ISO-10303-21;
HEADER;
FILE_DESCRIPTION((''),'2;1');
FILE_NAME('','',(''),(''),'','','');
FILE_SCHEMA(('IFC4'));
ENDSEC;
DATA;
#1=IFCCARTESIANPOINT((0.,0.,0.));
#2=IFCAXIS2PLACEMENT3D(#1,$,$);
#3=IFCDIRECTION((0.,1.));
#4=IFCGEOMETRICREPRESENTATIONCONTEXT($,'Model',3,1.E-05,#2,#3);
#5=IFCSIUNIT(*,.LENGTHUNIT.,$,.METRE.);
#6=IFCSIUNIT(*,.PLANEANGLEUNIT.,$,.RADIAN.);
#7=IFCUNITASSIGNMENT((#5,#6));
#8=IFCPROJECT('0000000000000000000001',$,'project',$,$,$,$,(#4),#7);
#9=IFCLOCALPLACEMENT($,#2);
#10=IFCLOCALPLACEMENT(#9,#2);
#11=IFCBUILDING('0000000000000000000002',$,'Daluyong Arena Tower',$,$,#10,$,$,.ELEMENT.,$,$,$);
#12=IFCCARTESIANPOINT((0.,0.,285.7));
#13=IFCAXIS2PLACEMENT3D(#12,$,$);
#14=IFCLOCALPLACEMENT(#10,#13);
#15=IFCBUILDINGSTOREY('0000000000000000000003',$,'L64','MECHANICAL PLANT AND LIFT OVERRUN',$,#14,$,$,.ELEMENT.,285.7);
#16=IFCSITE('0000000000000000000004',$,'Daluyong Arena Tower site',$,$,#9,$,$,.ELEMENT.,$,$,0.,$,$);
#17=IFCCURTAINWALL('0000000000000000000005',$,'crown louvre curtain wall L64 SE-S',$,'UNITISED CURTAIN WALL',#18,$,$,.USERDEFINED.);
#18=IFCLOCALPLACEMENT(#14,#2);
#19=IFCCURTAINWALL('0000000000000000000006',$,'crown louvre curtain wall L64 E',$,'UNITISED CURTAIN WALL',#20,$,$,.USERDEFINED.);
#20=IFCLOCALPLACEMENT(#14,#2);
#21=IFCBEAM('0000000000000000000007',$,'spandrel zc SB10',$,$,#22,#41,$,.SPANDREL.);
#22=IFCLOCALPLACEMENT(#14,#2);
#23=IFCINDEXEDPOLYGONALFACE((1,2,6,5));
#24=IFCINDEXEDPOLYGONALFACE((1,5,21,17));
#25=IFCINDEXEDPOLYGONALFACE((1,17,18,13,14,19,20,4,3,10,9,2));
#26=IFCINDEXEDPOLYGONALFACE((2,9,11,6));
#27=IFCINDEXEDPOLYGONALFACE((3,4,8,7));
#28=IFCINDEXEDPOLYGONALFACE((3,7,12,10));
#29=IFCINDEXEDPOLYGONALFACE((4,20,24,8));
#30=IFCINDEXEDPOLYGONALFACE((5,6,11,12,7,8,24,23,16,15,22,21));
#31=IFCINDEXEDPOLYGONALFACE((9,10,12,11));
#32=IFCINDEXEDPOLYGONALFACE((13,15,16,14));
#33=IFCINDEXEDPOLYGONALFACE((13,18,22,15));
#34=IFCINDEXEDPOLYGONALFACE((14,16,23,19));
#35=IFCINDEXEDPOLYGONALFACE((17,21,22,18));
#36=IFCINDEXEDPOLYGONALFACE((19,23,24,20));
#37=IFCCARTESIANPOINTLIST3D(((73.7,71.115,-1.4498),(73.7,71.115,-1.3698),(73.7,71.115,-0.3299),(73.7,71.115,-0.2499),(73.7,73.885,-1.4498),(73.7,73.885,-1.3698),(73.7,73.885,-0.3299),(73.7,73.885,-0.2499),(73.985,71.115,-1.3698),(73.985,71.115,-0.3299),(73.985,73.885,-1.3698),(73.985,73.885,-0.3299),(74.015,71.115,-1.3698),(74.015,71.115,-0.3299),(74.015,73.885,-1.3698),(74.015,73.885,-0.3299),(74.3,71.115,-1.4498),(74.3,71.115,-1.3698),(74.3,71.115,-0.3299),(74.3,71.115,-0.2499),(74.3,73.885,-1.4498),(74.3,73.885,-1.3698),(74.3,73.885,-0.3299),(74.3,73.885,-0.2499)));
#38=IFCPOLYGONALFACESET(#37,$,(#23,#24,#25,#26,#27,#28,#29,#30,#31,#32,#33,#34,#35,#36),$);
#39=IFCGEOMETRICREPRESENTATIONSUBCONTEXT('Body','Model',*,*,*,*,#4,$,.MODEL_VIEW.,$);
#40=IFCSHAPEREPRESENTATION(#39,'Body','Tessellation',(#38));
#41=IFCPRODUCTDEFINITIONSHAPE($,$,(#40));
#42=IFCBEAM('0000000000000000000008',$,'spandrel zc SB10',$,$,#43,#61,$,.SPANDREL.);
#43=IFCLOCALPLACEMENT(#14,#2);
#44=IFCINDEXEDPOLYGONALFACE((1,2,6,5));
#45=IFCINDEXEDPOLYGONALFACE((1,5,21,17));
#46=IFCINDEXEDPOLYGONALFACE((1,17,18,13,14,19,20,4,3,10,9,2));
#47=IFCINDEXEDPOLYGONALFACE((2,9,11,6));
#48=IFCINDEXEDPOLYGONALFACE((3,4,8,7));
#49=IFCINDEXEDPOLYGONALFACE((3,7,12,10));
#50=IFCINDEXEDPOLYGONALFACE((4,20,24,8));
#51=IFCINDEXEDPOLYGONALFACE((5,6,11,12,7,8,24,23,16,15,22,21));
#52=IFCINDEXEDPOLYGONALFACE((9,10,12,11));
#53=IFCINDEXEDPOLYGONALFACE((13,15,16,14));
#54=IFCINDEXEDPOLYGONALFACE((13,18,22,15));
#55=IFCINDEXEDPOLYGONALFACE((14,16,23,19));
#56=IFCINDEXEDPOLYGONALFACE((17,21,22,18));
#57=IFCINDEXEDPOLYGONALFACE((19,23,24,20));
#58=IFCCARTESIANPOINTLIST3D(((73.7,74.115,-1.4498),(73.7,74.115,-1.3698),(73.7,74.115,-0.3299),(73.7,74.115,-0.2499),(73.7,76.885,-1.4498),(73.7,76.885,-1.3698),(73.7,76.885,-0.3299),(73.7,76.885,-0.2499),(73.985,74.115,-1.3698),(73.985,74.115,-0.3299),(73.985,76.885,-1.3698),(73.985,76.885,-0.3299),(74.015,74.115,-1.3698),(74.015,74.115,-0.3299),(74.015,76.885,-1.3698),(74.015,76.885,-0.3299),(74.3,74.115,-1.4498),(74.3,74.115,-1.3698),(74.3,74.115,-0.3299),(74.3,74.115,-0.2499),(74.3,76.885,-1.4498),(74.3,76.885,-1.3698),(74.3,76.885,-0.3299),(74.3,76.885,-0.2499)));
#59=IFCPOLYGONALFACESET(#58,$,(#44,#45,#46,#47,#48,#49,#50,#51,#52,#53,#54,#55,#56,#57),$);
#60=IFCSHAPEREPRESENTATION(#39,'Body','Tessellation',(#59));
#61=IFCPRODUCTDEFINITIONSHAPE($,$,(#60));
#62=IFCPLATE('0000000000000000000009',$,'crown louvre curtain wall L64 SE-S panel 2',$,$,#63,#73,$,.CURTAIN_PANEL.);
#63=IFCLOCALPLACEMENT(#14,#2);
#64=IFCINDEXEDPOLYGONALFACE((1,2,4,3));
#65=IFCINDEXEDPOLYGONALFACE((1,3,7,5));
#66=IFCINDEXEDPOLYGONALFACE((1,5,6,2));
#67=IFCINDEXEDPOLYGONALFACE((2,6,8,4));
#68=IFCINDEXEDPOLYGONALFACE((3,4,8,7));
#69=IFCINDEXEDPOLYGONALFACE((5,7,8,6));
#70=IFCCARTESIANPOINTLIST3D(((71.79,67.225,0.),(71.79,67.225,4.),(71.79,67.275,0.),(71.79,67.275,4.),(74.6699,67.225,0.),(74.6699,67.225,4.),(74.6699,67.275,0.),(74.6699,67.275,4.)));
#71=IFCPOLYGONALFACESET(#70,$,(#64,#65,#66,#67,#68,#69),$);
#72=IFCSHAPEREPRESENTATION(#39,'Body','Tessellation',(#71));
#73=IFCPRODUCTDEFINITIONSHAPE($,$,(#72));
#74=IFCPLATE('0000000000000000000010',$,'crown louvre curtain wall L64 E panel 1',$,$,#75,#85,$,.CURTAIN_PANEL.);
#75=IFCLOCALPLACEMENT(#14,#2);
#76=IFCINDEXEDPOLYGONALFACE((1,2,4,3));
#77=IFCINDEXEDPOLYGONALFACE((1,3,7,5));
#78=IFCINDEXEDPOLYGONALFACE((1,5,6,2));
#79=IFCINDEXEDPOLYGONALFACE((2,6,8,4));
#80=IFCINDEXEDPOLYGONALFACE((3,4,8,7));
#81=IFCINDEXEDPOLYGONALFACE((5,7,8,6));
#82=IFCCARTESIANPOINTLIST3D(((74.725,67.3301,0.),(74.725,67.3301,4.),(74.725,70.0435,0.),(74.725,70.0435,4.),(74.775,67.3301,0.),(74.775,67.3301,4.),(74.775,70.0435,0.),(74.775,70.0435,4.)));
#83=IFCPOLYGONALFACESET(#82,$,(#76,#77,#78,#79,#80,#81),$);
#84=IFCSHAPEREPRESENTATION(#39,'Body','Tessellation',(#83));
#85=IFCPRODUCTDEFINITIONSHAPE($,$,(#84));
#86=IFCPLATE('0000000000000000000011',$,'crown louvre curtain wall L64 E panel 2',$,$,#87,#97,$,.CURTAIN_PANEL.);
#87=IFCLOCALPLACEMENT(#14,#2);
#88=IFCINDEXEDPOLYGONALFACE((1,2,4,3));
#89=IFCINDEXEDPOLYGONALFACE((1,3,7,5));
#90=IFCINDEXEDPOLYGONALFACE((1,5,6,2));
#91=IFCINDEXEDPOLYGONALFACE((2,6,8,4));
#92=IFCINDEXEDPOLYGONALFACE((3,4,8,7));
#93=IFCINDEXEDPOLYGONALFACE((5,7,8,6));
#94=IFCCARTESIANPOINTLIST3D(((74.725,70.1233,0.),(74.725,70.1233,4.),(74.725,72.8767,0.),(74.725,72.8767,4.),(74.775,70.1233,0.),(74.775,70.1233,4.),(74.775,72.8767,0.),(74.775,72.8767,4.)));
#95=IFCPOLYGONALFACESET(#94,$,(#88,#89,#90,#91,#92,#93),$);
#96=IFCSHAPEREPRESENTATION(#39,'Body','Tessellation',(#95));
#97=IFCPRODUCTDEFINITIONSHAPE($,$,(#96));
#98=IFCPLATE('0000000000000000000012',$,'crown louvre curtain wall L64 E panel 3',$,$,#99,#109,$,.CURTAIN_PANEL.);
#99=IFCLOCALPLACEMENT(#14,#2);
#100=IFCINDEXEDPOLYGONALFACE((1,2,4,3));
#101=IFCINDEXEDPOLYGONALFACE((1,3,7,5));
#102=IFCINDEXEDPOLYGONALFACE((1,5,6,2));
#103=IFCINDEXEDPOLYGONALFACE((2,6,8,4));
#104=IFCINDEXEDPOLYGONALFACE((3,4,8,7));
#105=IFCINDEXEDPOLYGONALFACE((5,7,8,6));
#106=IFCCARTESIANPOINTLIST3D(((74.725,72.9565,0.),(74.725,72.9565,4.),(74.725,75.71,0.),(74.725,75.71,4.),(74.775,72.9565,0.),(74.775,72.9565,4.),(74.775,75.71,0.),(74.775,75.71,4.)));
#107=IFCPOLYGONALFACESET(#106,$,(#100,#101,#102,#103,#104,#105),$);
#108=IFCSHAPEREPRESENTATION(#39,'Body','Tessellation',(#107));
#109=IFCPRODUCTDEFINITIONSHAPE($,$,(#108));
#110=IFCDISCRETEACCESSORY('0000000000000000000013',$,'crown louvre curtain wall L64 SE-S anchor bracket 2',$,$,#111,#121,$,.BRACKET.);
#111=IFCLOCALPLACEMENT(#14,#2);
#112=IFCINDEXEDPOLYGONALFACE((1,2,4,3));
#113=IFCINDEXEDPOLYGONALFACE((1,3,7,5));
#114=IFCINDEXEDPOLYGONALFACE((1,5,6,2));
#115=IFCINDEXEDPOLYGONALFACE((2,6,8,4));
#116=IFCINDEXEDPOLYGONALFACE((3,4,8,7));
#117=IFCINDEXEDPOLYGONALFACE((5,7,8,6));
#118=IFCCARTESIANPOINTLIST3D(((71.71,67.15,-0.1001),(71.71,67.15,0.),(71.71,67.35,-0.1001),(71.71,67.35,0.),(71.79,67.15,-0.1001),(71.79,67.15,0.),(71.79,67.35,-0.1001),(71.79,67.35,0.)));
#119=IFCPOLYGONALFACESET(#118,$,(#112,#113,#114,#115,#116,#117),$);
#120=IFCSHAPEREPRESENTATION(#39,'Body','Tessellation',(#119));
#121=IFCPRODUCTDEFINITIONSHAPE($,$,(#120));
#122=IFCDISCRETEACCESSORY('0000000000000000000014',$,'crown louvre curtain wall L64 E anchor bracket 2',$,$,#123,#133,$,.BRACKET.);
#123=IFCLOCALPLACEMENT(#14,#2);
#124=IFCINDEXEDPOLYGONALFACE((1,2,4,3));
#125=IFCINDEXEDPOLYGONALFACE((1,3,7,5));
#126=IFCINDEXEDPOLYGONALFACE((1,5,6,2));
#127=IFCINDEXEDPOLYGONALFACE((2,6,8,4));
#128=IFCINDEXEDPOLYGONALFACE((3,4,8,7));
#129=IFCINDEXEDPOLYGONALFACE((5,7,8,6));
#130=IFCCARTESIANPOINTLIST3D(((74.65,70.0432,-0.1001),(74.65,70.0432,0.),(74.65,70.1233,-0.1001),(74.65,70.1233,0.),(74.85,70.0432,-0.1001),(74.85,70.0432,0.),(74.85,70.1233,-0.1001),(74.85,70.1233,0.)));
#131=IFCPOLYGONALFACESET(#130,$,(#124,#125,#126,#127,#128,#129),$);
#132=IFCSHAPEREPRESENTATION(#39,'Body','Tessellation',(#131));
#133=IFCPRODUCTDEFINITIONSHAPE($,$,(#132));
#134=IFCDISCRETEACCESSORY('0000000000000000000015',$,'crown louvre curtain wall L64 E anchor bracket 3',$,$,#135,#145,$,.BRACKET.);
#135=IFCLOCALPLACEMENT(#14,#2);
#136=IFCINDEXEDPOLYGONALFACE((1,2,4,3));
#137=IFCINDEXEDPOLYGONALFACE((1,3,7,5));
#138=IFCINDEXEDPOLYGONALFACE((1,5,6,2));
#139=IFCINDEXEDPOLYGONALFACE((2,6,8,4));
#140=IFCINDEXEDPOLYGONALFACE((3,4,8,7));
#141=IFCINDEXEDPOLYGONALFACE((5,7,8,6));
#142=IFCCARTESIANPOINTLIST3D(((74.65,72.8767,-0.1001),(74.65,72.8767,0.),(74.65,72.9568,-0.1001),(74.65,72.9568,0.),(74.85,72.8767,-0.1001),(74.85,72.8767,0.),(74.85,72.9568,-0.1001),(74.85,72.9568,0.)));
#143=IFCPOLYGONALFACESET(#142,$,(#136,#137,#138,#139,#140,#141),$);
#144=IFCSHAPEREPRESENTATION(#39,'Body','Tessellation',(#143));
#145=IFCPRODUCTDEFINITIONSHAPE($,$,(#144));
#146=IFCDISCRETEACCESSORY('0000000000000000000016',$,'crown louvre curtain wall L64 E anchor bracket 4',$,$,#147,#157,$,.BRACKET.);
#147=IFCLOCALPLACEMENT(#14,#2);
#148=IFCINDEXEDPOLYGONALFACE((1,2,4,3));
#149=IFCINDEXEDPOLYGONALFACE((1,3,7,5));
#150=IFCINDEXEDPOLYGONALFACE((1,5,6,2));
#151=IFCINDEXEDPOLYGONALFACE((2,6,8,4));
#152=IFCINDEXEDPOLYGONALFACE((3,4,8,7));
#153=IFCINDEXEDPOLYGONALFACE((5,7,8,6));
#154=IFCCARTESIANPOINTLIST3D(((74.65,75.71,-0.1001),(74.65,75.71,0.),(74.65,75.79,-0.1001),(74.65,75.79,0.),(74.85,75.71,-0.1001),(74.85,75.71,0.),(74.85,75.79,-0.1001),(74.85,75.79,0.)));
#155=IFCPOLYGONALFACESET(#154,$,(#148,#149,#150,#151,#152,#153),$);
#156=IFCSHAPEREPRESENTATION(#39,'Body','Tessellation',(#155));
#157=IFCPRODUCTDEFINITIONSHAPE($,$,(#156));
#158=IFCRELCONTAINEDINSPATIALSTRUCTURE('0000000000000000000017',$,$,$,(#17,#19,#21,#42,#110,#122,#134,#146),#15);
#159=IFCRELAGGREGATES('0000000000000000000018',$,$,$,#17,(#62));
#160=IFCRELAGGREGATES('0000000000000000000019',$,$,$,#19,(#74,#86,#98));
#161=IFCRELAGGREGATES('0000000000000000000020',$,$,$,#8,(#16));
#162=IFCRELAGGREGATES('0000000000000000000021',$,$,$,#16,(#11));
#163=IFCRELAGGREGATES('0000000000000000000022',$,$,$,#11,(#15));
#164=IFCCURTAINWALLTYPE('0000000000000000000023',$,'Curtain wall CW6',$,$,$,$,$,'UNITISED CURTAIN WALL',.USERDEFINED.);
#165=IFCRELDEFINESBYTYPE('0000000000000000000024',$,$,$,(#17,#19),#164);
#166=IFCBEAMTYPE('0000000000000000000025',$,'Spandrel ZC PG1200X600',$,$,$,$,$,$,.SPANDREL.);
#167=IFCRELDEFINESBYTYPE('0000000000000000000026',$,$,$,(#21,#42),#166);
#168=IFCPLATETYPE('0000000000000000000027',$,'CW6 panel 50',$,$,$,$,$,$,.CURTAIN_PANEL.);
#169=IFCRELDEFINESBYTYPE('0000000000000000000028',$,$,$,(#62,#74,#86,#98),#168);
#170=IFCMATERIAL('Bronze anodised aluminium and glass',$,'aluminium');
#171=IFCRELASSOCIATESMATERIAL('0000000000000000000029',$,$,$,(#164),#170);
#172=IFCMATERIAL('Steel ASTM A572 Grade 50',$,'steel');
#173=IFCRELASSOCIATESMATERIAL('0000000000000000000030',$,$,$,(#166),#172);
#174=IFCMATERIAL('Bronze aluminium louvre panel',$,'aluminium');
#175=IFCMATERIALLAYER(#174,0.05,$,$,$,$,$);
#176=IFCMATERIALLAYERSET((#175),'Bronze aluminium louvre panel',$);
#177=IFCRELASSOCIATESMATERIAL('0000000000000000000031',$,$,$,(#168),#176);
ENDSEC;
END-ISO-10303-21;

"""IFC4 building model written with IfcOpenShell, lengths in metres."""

from ifc_helpers import new_model, si_unit, direction, frame, origin, origin_2d, place, context, subcontext, project, spatial, rectangle, i_section, extrude, material, layer, layer_set, material_profile, profile_set, type_object, element, aggregate, save


model = new_model("IFC4")

# Units and contexts
model_context = context("Model", 3, precision=1e-05, world=origin(), true_north=direction((0.0, 1.0)))
body_context = subcontext(model_context, "Body", "Model", "MODEL_VIEW")
ifc_project = project(units=[si_unit("LENGTHUNIT", "METRE"), si_unit("PLANEANGLEUNIT", "RADIAN")], contexts=[model_context])

# Site, building, storey
site_placement = place(None, origin())
site = spatial("IfcSite", under=ifc_project, at=site_placement, Name="Daluyong Arena Tower site", CompositionType="ELEMENT", RefElevation=0.0)
building_placement = place(site_placement, origin())
building = spatial("IfcBuilding", under=site, at=building_placement, Name="Daluyong Arena Tower", CompositionType="ELEMENT")
storey_placement = place(building_placement, frame((0.0, 0.0, 285.7)))
storey = spatial("IfcBuildingStorey", under=building, at=storey_placement, Name="L64", Description="MECHANICAL PLANT AND LIFT OVERRUN", CompositionType="ELEMENT", Elevation=285.7)

# Curtain wall
ifc_material_1 = material(Name="Bronze anodised aluminium and glass", Category="aluminium")
curtain_wall_type = type_object("IfcCurtainWallType", Name="Curtain wall CW6", ElementType="UNITISED CURTAIN WALL", PredefinedType="USERDEFINED", material=ifc_material_1)
curtain_wall_1_placement = place(storey_placement, origin())
curtain_wall_1 = element("IfcCurtainWall", 1, at=curtain_wall_1_placement, inside=storey, type_object=curtain_wall_type, Name="crown louvre curtain wall L64 SE-S", ObjectType="UNITISED CURTAIN WALL", PredefinedType="USERDEFINED")

# Curtain wall
curtain_wall_2_placement = place(storey_placement, origin())
curtain_wall_2 = element("IfcCurtainWall", 2, at=curtain_wall_2_placement, inside=storey, type_object=curtain_wall_type, Name="crown louvre curtain wall L64 E", ObjectType="UNITISED CURTAIN WALL", PredefinedType="USERDEFINED")

# Beams
ifc_material_2 = material(Name="Steel ASTM A572 Grade 50", Category="steel")
ifc_material_profile_1 = material_profile(ifc_material_2, i_section(OverallWidth=0.6001, OverallDepth=1.2, WebThickness=0.03, FlangeThickness=0.08, at=origin_2d()))
ifc_profile_set_1 = profile_set([ifc_material_profile_1], Name="Steel ASTM A572 Grade 50")
beam_type_1 = type_object("IfcBeamType", Name="Spandrel ZC PG1200X600", PredefinedType="SPANDREL", material=ifc_profile_set_1)
for number, where, z_axis, x_axis, name in (
    (3, (74.0, 71.115, -0.8499), (0.0, 1.0, 0.0), (-1.0, 0.0, 0.0), "spandrel zc SB10"),
    (4, (74.0, 74.115, -0.8499), (0.0, 1.0, 0.0), (-1.0, 0.0, 0.0), "spandrel zc SB10"),
):
    element("IfcBeam", number, at=place(storey_placement, frame(where, z_axis=z_axis, x_axis=x_axis)), inside=storey, type_object=beam_type_1, Name=name, PredefinedType="SPANDREL", context=body_context, shape_type="SweptSolid", body=[
        extrude(i_section(OverallWidth=0.6001, OverallDepth=1.2, WebThickness=0.03, FlangeThickness=0.08, at=origin_2d()), origin(), (0.0, 0.0, 1.0), 2.77),
    ])

# Plates
ifc_material_3 = material(Name="Bronze aluminium louvre panel", Category="aluminium")
ifc_layer = layer(ifc_material_3, 0.05)
ifc_layer_set = layer_set([ifc_layer], Name="Bronze aluminium louvre panel")
plate_type = type_object("IfcPlateType", Name="CW6 panel 50", PredefinedType="CURTAIN_PANEL", material=ifc_layer_set)
plate_1_placement = place(storey_placement, frame((73.23, 67.25, 0.0), z_axis=(0.0, 0.0, 1.0), x_axis=(1.0, 0.0, 0.0)))
plate_1 = element("IfcPlate", 5, at=plate_1_placement, type_object=plate_type, Name="crown louvre curtain wall L64 SE-S panel 2", PredefinedType="CURTAIN_PANEL", context=body_context, shape_type="SweptSolid", body=[
    extrude(rectangle(XDim=2.8799, YDim=0.05, at=origin_2d()), origin(), (0.0, 0.0, 1.0), 4.0),
])
aggregate(curtain_wall_1, [plate_1])
plate_2_placement = place(storey_placement, frame((74.75, 68.6868, 0.0), z_axis=(0.0, 0.0, 1.0), x_axis=(0.0, 1.0, 0.0)))
plate_2 = element("IfcPlate", 6, at=plate_2_placement, type_object=plate_type, Name="crown louvre curtain wall L64 E panel 1", PredefinedType="CURTAIN_PANEL", context=body_context, shape_type="SweptSolid", body=[
    extrude(rectangle(XDim=2.7134, YDim=0.05, at=origin_2d()), origin(), (0.0, 0.0, 1.0), 4.0),
])
plate_3_placement = place(storey_placement, frame((74.75, 71.5, 0.0), z_axis=(0.0, 0.0, 1.0), x_axis=(0.0, 1.0, 0.0)))
plate_3 = element("IfcPlate", 7, at=plate_3_placement, type_object=plate_type, Name="crown louvre curtain wall L64 E panel 2", PredefinedType="CURTAIN_PANEL", context=body_context, shape_type="SweptSolid", body=[
    extrude(rectangle(XDim=2.7534, YDim=0.05, at=origin_2d()), origin(), (0.0, 0.0, 1.0), 4.0),
])
plate_4_placement = place(storey_placement, frame((74.75, 74.3333, 0.0), z_axis=(0.0, 0.0, 1.0), x_axis=(0.0, 1.0, 0.0)))
plate_4 = element("IfcPlate", 8, at=plate_4_placement, type_object=plate_type, Name="crown louvre curtain wall L64 E panel 3", PredefinedType="CURTAIN_PANEL", context=body_context, shape_type="SweptSolid", body=[
    extrude(rectangle(XDim=2.7534, YDim=0.05, at=origin_2d()), origin(), (0.0, 0.0, 1.0), 4.0),
])
aggregate(curtain_wall_2, [plate_2, plate_3, plate_4])

# Discrete accessories
for number, where, z_axis, x_axis, name in (
    (9, (71.75, 67.25, -0.1001), (0.0, 0.0, 1.0), (1.0, 0.0, 0.0), "crown louvre curtain wall L64 SE-S anchor bracket 2"),
    (10, (74.75, 70.0833, -0.1001), (0.0, 0.0, 1.0), (0.0, 1.0, 0.0), "crown louvre curtain wall L64 E anchor bracket 2"),
    (11, (74.75, 72.9167, -0.1001), (0.0, 0.0, 1.0), (0.0, 1.0, 0.0), "crown louvre curtain wall L64 E anchor bracket 3"),
    (12, (74.75, 75.75, -0.1001), (0.0, 0.0, 1.0), (0.0, 1.0, 0.0), "crown louvre curtain wall L64 E anchor bracket 4"),
):
    element("IfcDiscreteAccessory", number, at=place(storey_placement, frame(where, z_axis=z_axis, x_axis=x_axis)), inside=storey, Name=name, PredefinedType="BRACKET", context=body_context, shape_type="SweptSolid", body=[
        extrude(rectangle(XDim=0.0801, YDim=0.2, at=origin_2d()), origin(), (0.0, 0.0, 1.0), 0.1001),
    ])

save(model, "model.ifc")
